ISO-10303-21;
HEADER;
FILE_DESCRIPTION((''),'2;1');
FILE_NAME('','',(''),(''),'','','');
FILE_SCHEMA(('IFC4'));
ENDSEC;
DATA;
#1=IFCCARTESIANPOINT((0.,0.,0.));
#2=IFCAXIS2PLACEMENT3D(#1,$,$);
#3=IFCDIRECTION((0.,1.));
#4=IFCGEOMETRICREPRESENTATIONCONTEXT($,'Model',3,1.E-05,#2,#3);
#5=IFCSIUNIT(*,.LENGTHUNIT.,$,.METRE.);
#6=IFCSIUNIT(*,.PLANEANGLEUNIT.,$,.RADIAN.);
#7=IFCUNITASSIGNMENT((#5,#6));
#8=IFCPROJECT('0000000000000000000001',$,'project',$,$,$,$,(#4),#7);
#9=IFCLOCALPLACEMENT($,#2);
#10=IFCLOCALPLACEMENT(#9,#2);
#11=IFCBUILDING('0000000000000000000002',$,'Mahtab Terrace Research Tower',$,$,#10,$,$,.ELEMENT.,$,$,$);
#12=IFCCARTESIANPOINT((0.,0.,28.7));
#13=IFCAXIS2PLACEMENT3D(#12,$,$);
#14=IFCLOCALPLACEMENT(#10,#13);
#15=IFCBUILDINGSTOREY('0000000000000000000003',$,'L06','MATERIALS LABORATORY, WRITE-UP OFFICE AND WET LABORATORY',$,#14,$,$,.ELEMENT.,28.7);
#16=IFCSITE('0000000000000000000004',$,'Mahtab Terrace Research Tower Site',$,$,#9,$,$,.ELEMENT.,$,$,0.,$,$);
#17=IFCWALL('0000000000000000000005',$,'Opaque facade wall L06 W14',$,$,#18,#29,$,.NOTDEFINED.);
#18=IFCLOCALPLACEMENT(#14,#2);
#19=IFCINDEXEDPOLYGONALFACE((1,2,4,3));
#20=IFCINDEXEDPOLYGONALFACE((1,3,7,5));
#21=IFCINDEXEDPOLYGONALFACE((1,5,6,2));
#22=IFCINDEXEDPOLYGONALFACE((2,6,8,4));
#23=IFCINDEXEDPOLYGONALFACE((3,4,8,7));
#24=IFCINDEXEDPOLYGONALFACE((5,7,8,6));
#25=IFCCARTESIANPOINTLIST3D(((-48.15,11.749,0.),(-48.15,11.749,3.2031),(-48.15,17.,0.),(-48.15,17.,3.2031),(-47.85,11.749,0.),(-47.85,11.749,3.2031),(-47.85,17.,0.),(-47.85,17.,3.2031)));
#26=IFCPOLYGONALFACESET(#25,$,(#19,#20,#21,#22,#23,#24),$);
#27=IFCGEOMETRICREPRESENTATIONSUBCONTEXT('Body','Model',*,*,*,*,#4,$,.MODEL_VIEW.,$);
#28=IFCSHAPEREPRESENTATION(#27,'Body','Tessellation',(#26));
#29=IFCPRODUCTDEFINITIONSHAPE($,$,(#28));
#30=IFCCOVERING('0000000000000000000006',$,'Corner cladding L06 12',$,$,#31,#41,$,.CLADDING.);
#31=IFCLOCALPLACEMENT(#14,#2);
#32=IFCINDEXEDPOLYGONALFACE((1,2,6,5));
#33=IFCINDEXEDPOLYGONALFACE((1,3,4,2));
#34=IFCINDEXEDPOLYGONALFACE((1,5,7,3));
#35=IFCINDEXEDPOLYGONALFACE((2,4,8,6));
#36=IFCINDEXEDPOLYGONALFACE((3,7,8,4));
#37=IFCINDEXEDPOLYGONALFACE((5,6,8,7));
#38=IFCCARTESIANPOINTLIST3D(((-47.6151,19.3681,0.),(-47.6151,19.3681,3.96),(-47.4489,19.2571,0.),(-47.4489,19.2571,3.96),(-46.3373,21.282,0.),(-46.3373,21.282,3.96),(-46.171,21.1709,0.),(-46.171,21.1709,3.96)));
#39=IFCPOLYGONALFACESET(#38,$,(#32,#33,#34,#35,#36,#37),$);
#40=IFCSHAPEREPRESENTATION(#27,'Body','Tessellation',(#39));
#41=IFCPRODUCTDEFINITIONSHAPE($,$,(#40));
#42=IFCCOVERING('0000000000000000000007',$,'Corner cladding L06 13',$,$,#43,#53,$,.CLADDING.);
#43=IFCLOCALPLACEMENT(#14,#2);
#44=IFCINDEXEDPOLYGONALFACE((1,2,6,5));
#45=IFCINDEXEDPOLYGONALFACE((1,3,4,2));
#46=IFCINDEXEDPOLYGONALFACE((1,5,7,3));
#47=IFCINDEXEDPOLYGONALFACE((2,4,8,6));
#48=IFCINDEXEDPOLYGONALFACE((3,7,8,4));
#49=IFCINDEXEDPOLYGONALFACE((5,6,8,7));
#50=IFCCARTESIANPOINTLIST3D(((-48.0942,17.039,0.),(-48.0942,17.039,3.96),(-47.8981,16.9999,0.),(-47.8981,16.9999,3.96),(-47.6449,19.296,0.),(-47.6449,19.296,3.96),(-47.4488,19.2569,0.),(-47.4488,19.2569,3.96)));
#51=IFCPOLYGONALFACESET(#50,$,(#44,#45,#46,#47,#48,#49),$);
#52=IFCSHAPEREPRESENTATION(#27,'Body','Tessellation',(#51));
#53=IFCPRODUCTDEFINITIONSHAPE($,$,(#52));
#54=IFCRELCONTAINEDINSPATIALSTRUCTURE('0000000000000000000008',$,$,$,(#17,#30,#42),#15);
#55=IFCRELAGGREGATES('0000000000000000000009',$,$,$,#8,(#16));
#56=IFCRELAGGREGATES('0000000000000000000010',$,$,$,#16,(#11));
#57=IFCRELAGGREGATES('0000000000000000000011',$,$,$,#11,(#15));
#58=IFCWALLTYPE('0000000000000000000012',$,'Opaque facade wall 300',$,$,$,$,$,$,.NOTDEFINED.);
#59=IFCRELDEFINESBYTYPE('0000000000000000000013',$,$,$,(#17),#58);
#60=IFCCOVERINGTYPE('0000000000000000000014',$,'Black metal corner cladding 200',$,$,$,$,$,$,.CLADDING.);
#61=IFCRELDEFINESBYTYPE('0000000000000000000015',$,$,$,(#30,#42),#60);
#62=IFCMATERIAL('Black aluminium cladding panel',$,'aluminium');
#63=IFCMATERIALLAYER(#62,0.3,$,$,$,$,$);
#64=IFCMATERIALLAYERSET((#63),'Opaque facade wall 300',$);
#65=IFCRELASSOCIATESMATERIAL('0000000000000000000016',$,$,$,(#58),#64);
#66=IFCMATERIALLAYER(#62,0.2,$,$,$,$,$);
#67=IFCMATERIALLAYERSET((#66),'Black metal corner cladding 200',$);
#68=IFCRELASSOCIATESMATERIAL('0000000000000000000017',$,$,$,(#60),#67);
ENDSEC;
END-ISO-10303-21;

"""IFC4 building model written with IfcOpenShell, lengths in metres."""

from ifc_helpers import new_model, si_unit, direction, frame, frame_2d, origin, origin_2d, place, context, subcontext, project, spatial, rectangle, extrude, material, layer, layer_set, type_object, element, save


model = new_model("IFC4")

# Units and contexts
model_context = context("Model", 3, precision=1e-05, world=origin(), true_north=direction((0.0, 1.0)))
body_context = subcontext(model_context, "Body", "Model", "MODEL_VIEW")
ifc_project = project(units=[si_unit("LENGTHUNIT", "METRE"), si_unit("PLANEANGLEUNIT", "RADIAN")], contexts=[model_context])

# Site, building, storey
site_placement = place(None, origin())
site = spatial("IfcSite", under=ifc_project, at=site_placement, Name="Mahtab Terrace Research Tower Site", CompositionType="ELEMENT", RefElevation=0.0)
building_placement = place(site_placement, origin())
building = spatial("IfcBuilding", under=site, at=building_placement, Name="Mahtab Terrace Research Tower", CompositionType="ELEMENT")
storey_placement = place(building_placement, frame((0.0, 0.0, 28.7)))
storey = spatial("IfcBuildingStorey", under=building, at=storey_placement, Name="L06", Description="MATERIALS LABORATORY, WRITE-UP OFFICE AND WET LABORATORY", CompositionType="ELEMENT", Elevation=28.7)

# Wall
ifc_material_1 = material(Name="Black aluminium cladding panel", Category="aluminium")
ifc_layer_1 = layer(ifc_material_1, 0.3)
ifc_layer_set_1 = layer_set([ifc_layer_1], Name="Opaque facade wall 300")
wall_type_1 = type_object("IfcWallType", Name="Opaque facade wall 300", PredefinedType="NOTDEFINED", material=ifc_layer_set_1)
wall_1_placement = place(storey_placement, frame((-48.0, 17.0, 0.0), z_axis=(0.0, 0.0, 1.0), x_axis=(0.0, -1.0, 0.0)))
element("IfcWall", 1, at=wall_1_placement, inside=storey, type_object=wall_type_1, Name="Opaque facade wall L06 W14", PredefinedType="NOTDEFINED", context=body_context, shape_type="SweptSolid", body=[
    extrude(rectangle(XDim=5.251, YDim=0.3, at=frame_2d((2.6255, 0.0))), origin(), (0.0, 0.0, 1.0), 3.2031),
])

# Coverings
ifc_layer_2 = layer(ifc_material_1, 0.2)
ifc_layer_set_2 = layer_set([ifc_layer_2], Name="Black metal corner cladding 200")
covering_type = type_object("IfcCoveringType", Name="Black metal corner cladding 200", PredefinedType="CLADDING", material=ifc_layer_set_2)
for number, where, z_axis, x_axis, name in (
    (2, (-46.8931, 20.2695, 0.0), (0.0, 0.0, 1.0), (-0.555291, -0.831656, 0.0), "Corner cladding L06 12"),
    (3, (-47.7715, 18.1479, 0.0), (0.0, 0.0, 1.0), (-0.195212, -0.980761, 0.0), "Corner cladding L06 13"),
):
    element("IfcCovering", number, at=place(storey_placement, frame(where, z_axis=z_axis, x_axis=x_axis)), inside=storey, type_object=covering_type, Name=name, PredefinedType="CLADDING", context=body_context, shape_type="SweptSolid", body=[
        extrude(rectangle(XDim=2.3013, YDim=0.2, at=origin_2d()), origin(), (0.0, 0.0, 1.0), 3.96),
    ])

save(model, "model.ifc")
